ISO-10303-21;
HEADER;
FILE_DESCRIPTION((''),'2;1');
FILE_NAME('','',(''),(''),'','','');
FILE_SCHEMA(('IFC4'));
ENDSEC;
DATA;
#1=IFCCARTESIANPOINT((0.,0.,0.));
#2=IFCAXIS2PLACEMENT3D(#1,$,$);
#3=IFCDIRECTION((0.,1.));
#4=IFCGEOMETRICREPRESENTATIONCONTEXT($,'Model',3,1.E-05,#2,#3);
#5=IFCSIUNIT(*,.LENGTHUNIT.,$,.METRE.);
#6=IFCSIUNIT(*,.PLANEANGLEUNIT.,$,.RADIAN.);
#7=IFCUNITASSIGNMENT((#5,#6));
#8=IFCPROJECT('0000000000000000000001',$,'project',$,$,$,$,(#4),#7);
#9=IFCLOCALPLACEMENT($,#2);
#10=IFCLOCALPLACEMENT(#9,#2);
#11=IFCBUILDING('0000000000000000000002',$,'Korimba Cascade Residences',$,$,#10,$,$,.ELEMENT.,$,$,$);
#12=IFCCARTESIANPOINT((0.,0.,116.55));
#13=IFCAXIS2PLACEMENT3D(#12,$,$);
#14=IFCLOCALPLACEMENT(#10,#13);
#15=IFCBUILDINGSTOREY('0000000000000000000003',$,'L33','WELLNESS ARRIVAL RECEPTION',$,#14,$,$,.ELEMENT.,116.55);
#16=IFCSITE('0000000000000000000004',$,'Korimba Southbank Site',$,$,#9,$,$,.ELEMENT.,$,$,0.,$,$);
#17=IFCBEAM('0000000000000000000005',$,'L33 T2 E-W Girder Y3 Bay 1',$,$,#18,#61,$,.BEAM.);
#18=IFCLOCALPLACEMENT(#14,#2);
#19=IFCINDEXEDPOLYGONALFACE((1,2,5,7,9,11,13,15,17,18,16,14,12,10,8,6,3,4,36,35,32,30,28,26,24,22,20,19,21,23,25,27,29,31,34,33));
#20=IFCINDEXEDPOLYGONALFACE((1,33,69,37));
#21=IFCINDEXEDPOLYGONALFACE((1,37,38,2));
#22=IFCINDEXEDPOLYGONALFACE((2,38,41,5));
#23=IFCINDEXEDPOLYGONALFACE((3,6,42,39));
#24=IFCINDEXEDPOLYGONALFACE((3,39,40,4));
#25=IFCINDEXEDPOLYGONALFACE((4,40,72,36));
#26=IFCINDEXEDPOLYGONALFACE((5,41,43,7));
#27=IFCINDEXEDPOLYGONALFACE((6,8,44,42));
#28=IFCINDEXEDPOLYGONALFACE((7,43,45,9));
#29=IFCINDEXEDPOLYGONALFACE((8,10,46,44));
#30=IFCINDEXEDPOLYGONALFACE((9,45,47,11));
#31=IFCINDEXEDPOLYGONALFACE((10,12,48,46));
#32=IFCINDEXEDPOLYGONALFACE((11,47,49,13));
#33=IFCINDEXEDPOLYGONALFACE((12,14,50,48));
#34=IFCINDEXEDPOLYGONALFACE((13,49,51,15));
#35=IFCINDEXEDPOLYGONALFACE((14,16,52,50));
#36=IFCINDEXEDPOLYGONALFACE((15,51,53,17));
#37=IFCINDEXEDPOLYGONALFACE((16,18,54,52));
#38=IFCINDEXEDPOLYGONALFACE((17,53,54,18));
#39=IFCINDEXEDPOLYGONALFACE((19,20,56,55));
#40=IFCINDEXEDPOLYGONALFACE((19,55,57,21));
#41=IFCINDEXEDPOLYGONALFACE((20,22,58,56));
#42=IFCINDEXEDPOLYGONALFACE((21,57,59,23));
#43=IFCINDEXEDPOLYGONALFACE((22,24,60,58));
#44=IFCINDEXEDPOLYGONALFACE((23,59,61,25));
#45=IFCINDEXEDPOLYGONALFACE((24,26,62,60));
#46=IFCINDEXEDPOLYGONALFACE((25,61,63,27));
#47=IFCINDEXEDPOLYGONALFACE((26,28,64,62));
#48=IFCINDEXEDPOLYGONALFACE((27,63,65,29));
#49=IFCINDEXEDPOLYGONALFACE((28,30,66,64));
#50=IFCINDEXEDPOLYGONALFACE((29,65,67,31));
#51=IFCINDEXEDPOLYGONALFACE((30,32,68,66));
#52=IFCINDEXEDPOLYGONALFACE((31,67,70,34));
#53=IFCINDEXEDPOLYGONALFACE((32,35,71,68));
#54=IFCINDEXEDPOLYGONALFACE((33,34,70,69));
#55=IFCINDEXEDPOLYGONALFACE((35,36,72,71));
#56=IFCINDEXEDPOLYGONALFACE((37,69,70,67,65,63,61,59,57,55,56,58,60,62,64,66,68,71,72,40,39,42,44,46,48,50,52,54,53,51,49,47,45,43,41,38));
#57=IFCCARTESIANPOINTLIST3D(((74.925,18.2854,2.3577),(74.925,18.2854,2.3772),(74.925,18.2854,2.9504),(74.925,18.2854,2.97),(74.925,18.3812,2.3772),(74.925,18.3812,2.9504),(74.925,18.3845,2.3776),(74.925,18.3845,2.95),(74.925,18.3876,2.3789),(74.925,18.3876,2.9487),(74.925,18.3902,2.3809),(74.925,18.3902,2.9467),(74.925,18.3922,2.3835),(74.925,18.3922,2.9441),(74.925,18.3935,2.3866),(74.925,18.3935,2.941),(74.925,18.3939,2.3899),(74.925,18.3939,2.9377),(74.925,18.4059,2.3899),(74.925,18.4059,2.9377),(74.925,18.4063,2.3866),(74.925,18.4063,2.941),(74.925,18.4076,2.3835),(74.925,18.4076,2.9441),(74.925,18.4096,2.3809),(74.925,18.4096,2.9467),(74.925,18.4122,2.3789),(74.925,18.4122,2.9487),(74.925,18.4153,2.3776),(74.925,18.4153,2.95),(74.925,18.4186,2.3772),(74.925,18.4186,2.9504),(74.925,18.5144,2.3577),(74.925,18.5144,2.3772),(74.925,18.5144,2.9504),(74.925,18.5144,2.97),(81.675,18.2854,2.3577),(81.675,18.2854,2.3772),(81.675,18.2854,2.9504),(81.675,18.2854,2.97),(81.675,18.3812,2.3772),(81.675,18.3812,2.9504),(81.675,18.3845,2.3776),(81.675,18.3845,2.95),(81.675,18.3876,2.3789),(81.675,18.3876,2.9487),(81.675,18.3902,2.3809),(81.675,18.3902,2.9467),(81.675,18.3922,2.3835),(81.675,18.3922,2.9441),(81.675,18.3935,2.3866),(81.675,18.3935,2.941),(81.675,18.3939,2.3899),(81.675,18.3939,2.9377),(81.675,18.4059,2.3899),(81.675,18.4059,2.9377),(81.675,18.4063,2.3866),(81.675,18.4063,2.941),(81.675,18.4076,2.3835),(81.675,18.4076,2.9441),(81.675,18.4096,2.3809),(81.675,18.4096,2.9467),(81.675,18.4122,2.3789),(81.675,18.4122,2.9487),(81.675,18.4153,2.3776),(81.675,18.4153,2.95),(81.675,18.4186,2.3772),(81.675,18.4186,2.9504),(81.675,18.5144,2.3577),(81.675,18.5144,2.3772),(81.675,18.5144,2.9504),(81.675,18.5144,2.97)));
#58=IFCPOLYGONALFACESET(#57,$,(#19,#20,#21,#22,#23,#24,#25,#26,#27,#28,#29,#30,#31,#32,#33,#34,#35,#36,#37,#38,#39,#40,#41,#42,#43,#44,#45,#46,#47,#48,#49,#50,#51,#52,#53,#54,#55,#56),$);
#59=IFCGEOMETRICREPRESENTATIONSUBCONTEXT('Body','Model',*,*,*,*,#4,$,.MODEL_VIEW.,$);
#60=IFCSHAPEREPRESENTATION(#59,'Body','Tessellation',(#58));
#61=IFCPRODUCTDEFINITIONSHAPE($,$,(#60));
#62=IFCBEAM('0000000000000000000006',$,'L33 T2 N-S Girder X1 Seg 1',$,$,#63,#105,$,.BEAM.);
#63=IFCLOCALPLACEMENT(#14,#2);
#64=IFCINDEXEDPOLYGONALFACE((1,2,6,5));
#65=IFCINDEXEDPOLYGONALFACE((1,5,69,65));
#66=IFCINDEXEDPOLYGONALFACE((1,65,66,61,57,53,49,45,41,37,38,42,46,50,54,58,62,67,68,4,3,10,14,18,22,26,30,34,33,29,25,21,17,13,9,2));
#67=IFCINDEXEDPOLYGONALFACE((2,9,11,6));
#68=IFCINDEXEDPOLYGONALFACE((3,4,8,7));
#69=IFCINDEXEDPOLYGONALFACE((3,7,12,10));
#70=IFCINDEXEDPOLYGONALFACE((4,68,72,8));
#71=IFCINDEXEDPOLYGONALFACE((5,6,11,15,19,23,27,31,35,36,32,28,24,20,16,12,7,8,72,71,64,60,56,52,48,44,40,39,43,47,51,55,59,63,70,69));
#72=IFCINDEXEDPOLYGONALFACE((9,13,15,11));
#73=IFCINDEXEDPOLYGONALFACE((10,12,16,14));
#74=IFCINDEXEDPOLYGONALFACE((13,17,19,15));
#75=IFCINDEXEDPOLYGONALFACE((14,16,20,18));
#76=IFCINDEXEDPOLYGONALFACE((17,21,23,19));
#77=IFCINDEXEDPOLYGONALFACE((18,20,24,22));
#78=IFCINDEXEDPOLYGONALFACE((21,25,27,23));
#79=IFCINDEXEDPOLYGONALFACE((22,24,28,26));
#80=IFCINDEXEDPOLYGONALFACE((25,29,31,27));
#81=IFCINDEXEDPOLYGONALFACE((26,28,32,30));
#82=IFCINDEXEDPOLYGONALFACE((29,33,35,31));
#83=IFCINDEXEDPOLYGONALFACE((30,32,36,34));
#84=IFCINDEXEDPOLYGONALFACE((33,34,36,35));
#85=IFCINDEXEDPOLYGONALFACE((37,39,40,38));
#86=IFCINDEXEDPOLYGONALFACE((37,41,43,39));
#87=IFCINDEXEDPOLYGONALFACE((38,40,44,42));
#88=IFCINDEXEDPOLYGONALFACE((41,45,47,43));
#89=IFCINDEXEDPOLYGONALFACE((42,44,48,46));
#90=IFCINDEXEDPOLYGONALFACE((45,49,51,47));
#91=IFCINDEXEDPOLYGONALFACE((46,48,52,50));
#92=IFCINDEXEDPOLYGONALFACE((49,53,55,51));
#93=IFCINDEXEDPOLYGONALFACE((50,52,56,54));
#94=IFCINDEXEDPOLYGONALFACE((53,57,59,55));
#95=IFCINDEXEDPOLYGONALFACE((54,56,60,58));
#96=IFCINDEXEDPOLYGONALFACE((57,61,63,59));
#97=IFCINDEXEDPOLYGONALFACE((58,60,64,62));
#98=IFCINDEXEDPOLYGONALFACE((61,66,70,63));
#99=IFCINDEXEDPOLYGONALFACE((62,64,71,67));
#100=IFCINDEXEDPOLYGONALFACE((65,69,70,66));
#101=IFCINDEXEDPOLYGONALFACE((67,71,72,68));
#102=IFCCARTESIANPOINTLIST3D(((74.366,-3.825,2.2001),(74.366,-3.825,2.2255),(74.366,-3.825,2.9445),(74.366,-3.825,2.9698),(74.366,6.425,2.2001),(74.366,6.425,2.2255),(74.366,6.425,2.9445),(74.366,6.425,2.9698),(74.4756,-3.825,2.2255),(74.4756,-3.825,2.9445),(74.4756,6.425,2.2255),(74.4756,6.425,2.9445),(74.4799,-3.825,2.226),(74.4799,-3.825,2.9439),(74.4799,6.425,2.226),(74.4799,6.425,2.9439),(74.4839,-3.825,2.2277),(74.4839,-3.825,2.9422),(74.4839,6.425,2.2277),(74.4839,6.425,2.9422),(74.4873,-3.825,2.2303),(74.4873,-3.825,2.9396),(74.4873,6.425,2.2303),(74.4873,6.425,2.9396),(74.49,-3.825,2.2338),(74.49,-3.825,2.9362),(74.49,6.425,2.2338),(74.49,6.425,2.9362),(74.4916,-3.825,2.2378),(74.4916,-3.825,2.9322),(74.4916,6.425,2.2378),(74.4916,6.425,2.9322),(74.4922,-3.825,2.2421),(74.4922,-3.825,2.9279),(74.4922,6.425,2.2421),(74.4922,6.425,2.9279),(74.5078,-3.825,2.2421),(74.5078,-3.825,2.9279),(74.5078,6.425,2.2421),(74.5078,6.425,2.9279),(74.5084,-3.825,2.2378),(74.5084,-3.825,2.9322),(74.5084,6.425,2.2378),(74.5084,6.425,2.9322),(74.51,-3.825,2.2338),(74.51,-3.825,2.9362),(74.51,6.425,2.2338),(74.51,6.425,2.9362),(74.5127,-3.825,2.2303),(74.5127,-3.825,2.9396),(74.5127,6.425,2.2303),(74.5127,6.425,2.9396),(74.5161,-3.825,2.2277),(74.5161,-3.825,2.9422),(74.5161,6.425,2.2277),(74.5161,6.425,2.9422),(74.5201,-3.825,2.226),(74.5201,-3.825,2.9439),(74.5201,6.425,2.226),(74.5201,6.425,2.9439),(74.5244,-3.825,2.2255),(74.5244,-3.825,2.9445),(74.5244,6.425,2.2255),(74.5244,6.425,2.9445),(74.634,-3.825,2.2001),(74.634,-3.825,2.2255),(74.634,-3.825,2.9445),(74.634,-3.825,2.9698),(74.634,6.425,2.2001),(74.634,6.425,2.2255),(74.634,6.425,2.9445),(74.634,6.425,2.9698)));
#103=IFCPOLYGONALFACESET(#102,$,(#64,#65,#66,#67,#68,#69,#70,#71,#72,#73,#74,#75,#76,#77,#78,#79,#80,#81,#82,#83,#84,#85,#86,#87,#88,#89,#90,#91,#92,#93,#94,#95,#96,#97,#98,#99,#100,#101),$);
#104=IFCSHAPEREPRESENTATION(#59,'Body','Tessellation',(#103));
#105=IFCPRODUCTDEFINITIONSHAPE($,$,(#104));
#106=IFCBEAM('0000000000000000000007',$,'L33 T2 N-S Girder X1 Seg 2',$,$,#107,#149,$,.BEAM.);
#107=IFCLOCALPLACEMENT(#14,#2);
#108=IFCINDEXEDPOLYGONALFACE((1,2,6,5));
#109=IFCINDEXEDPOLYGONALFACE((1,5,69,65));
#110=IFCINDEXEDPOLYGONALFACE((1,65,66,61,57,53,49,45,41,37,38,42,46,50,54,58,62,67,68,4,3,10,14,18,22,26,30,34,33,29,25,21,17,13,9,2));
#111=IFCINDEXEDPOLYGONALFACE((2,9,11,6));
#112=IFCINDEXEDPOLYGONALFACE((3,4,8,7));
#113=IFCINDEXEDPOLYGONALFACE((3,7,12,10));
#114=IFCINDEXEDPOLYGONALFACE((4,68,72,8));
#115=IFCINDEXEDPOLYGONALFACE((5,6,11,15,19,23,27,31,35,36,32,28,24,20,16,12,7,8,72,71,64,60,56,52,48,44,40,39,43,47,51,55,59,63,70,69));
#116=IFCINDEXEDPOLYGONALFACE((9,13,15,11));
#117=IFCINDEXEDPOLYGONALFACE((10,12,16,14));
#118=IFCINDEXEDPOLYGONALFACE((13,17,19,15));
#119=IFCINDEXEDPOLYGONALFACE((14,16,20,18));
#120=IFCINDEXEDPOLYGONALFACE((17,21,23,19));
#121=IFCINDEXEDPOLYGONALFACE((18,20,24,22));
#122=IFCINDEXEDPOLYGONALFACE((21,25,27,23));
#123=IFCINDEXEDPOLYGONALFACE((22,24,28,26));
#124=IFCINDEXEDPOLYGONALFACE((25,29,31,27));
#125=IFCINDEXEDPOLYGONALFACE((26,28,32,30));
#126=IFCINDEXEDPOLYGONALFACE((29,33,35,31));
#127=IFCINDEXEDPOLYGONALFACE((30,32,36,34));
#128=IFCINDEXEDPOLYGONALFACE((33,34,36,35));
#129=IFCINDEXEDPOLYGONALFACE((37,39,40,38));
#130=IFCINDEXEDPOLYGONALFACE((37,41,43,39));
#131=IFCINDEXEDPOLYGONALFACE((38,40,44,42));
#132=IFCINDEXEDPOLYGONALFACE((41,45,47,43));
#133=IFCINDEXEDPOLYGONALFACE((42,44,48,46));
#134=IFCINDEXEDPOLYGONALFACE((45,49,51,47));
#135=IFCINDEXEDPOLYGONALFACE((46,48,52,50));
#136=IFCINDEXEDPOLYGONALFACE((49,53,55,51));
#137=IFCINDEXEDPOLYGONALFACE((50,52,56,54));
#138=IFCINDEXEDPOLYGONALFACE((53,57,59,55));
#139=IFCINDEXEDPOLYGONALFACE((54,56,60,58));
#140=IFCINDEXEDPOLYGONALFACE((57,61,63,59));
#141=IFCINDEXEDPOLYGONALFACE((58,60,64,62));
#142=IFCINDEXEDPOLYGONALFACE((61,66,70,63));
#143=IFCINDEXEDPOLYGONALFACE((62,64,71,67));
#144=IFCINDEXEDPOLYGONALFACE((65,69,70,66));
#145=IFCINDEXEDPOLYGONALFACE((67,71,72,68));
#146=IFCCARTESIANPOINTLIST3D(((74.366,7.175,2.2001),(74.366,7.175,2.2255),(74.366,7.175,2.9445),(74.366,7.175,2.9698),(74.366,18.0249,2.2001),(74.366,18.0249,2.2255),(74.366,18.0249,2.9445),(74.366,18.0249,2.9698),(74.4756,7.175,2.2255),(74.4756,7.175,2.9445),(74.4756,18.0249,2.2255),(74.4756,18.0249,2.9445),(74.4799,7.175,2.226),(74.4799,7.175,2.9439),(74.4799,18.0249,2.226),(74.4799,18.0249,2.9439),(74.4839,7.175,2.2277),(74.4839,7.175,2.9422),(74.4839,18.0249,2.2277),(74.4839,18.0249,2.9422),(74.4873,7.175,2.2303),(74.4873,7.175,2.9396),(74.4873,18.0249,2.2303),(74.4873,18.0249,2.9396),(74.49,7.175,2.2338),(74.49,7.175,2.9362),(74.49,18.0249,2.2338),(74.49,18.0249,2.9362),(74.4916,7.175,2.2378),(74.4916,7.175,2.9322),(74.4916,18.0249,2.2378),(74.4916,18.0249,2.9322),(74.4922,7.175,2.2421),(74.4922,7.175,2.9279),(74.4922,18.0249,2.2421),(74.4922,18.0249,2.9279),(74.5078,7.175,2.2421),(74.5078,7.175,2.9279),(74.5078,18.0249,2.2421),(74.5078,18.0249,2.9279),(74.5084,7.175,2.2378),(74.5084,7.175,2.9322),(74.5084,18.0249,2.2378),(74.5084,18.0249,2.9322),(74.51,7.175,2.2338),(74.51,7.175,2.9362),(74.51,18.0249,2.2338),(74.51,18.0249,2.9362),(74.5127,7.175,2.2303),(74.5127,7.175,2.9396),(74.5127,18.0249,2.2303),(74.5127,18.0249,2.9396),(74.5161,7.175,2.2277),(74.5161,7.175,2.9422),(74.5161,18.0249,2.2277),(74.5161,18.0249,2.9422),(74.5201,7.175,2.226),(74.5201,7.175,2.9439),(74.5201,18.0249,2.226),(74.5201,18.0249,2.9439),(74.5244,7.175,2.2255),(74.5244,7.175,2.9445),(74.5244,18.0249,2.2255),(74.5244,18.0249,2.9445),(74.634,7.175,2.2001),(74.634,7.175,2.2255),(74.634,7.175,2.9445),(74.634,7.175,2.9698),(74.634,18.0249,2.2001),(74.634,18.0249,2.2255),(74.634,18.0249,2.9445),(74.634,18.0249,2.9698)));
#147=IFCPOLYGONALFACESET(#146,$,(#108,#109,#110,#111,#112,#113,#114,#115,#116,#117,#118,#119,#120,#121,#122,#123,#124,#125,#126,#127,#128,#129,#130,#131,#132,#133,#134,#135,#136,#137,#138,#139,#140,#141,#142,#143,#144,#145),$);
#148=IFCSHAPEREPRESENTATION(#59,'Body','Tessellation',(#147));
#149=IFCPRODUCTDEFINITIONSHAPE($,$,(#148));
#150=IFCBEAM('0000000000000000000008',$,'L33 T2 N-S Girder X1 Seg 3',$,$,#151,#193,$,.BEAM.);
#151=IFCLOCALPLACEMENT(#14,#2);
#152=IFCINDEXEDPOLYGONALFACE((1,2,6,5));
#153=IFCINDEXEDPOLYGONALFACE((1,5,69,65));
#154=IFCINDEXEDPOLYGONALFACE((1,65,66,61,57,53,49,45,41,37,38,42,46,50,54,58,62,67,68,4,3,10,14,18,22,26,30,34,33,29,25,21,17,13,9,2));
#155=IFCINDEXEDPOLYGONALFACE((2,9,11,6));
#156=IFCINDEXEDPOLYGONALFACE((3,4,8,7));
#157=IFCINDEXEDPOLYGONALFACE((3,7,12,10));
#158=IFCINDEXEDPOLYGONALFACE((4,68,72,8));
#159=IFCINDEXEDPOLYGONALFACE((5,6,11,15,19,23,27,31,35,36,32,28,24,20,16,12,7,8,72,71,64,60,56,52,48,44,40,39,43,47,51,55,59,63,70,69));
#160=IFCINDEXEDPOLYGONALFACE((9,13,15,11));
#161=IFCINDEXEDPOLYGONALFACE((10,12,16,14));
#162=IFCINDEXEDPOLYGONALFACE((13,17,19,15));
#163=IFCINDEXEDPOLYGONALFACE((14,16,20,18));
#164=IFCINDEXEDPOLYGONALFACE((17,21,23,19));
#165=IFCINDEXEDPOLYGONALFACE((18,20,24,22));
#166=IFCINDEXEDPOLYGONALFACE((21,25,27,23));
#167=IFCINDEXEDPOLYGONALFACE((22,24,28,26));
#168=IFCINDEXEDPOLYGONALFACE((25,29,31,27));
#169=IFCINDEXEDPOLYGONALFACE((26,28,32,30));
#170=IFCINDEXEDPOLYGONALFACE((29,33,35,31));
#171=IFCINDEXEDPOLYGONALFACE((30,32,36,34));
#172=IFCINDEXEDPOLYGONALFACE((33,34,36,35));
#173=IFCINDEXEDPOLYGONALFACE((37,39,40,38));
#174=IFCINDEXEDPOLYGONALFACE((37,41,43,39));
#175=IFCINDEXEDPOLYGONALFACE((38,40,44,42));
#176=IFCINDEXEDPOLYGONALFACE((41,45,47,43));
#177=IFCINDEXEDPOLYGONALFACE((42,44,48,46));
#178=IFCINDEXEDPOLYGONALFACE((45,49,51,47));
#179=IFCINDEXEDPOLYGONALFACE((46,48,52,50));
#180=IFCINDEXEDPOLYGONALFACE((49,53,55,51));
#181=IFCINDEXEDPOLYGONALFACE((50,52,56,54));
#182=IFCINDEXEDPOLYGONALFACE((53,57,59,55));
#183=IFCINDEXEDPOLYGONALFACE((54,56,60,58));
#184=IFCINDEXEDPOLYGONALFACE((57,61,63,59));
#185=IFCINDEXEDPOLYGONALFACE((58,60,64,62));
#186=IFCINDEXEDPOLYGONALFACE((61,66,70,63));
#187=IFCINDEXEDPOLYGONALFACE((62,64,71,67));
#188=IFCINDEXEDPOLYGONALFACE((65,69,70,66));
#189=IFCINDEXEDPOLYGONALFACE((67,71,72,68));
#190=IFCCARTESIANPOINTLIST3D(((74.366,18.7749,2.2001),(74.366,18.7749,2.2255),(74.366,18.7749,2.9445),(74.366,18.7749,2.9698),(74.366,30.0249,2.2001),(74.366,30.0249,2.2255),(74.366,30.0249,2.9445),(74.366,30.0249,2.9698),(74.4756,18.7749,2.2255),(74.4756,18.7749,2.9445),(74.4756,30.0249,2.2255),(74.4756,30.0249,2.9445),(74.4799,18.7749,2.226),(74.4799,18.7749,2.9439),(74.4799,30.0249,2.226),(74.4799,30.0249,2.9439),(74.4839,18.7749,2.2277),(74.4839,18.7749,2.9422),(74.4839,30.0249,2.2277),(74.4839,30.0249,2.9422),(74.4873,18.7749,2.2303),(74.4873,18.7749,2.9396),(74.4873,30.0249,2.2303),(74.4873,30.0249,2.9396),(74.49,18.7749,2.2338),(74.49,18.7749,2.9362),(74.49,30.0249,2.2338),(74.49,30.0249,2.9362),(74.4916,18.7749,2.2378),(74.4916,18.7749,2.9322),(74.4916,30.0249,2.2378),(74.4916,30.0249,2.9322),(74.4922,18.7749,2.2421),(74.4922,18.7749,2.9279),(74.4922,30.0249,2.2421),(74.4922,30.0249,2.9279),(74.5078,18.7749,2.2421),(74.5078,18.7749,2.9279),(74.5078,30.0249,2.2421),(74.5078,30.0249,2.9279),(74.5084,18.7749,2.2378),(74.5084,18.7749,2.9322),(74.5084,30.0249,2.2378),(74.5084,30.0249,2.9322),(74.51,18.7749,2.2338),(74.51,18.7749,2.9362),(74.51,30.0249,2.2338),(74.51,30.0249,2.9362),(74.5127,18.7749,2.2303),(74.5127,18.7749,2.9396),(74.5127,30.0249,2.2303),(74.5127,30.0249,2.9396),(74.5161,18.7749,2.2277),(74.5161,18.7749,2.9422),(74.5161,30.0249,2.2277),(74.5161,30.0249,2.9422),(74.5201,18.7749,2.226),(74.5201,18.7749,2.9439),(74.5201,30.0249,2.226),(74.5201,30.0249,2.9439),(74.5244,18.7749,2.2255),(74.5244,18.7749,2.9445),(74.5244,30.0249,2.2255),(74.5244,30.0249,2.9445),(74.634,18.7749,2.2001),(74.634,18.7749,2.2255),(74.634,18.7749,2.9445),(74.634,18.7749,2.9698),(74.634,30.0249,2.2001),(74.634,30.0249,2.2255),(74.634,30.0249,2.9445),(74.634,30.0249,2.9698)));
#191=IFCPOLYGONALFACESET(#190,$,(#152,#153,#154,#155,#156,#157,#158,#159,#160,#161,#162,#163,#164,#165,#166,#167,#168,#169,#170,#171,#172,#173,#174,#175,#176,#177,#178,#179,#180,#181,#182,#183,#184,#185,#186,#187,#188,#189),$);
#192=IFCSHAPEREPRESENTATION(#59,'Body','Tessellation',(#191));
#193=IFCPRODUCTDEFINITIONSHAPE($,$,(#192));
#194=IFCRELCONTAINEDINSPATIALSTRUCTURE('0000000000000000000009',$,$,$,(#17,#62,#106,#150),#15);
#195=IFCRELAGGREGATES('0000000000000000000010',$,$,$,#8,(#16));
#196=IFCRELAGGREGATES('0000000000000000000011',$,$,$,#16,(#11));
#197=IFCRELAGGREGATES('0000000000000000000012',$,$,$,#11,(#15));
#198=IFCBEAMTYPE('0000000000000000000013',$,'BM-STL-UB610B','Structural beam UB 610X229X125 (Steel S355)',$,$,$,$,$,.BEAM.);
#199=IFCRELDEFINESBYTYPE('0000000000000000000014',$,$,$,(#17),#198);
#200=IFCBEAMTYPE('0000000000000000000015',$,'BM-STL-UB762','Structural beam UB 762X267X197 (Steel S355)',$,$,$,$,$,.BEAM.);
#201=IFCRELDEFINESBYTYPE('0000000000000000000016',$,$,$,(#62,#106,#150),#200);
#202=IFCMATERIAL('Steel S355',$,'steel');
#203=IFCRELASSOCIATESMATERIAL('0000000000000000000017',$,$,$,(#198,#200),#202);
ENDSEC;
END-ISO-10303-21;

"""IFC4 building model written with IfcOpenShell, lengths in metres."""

from ifc_helpers import new_model, si_unit, direction, frame, origin, origin_2d, place, context, subcontext, project, spatial, i_section, extrude, material, material_profile, profile_set, type_object, element, save


model = new_model("IFC4")

# Units and contexts
model_context = context("Model", 3, precision=1e-05, world=origin(), true_north=direction((0.0, 1.0)))
body_context = subcontext(model_context, "Body", "Model", "MODEL_VIEW")
ifc_project = project(units=[si_unit("LENGTHUNIT", "METRE"), si_unit("PLANEANGLEUNIT", "RADIAN")], contexts=[model_context])

# Site, building, storey
site_placement = place(None, origin())
site = spatial("IfcSite", under=ifc_project, at=site_placement, Name="Korimba Southbank Site", CompositionType="ELEMENT", RefElevation=0.0)
building_placement = place(site_placement, origin())
building = spatial("IfcBuilding", under=site, at=building_placement, Name="Korimba Cascade Residences", CompositionType="ELEMENT")
storey_placement = place(building_placement, frame((0.0, 0.0, 116.55)))
storey = spatial("IfcBuildingStorey", under=building, at=storey_placement, Name="L33", Description="WELLNESS ARRIVAL RECEPTION", CompositionType="ELEMENT", Elevation=116.55)

# Beams
ifc_material_1 = material(Name="Steel S355", Category="steel")
ifc_material_profile_1 = material_profile(ifc_material_1, i_section(OverallWidth=0.229, OverallDepth=0.6123, WebThickness=0.012, FlangeThickness=0.0195, FilletRadius=0.0127, at=origin_2d()), Name="Steel S355")
ifc_profile_set_1 = profile_set([ifc_material_profile_1], Name="Steel S355")
beam_type_1 = type_object("IfcBeamType", Name="BM-STL-UB610B", Description="Structural beam UB 610X229X125 (Steel S355)", PredefinedType="BEAM", material=ifc_profile_set_1)
for number, where, z_axis, x_axis, name in (
    (1, (74.925, 18.3999, 2.6638), (1.0, 0.0, 0.0), (0.0, 1.0, 0.0), "L33 T2 E-W Girder Y3 Bay 1"),
):
    element("IfcBeam", number, at=place(storey_placement, frame(where, z_axis=z_axis, x_axis=x_axis)), inside=storey, type_object=beam_type_1, Name=name, PredefinedType="BEAM", context=body_context, shape_type="SweptSolid", body=[
        extrude(i_section(OverallWidth=0.229, OverallDepth=0.6123, WebThickness=0.012, FlangeThickness=0.0195, FilletRadius=0.0127, at=origin_2d()), origin(), (0.0, 0.0, 1.0), 6.75),
    ])
ifc_material_profile_2 = material_profile(ifc_material_1, i_section(OverallWidth=0.2681, OverallDepth=0.7698, WebThickness=0.0156, FlangeThickness=0.0254, FilletRadius=0.0166, at=origin_2d()), Name="Steel S355")
ifc_profile_set_2 = profile_set([ifc_material_profile_2], Name="Steel S355")
beam_type_2 = type_object("IfcBeamType", Name="BM-STL-UB762", Description="Structural beam UB 762X267X197 (Steel S355)", PredefinedType="BEAM", material=ifc_profile_set_2)
beam_1_placement = place(storey_placement, frame((74.5, -3.825, 2.585), z_axis=(0.0, 1.0, 0.0), x_axis=(-1.0, 0.0, 0.0)))
element("IfcBeam", 2, at=beam_1_placement, inside=storey, type_object=beam_type_2, Name="L33 T2 N-S Girder X1 Seg 1", PredefinedType="BEAM", context=body_context, shape_type="SweptSolid", body=[
    extrude(i_section(OverallWidth=0.2681, OverallDepth=0.7698, WebThickness=0.0156, FlangeThickness=0.0254, FilletRadius=0.0166, at=origin_2d()), origin(), (0.0, 0.0, 1.0), 10.25),
])
beam_2_placement = place(storey_placement, frame((74.5, 7.175, 2.585), z_axis=(0.0, 1.0, 0.0), x_axis=(-1.0, 0.0, 0.0)))
element("IfcBeam", 3, at=beam_2_placement, inside=storey, type_object=beam_type_2, Name="L33 T2 N-S Girder X1 Seg 2", PredefinedType="BEAM", context=body_context, shape_type="SweptSolid", body=[
    extrude(i_section(OverallWidth=0.2681, OverallDepth=0.7698, WebThickness=0.0156, FlangeThickness=0.0254, FilletRadius=0.0166, at=origin_2d()), origin(), (0.0, 0.0, 1.0), 10.8499),
])
beam_3_placement = place(storey_placement, frame((74.5, 18.7749, 2.585), z_axis=(0.0, 1.0, 0.0), x_axis=(-1.0, 0.0, 0.0)))
element("IfcBeam", 4, at=beam_3_placement, inside=storey, type_object=beam_type_2, Name="L33 T2 N-S Girder X1 Seg 3", PredefinedType="BEAM", context=body_context, shape_type="SweptSolid", body=[
    extrude(i_section(OverallWidth=0.2681, OverallDepth=0.7698, WebThickness=0.0156, FlangeThickness=0.0254, FilletRadius=0.0166, at=origin_2d()), origin(), (0.0, 0.0, 1.0), 11.25),
])

save(model, "model.ifc")
